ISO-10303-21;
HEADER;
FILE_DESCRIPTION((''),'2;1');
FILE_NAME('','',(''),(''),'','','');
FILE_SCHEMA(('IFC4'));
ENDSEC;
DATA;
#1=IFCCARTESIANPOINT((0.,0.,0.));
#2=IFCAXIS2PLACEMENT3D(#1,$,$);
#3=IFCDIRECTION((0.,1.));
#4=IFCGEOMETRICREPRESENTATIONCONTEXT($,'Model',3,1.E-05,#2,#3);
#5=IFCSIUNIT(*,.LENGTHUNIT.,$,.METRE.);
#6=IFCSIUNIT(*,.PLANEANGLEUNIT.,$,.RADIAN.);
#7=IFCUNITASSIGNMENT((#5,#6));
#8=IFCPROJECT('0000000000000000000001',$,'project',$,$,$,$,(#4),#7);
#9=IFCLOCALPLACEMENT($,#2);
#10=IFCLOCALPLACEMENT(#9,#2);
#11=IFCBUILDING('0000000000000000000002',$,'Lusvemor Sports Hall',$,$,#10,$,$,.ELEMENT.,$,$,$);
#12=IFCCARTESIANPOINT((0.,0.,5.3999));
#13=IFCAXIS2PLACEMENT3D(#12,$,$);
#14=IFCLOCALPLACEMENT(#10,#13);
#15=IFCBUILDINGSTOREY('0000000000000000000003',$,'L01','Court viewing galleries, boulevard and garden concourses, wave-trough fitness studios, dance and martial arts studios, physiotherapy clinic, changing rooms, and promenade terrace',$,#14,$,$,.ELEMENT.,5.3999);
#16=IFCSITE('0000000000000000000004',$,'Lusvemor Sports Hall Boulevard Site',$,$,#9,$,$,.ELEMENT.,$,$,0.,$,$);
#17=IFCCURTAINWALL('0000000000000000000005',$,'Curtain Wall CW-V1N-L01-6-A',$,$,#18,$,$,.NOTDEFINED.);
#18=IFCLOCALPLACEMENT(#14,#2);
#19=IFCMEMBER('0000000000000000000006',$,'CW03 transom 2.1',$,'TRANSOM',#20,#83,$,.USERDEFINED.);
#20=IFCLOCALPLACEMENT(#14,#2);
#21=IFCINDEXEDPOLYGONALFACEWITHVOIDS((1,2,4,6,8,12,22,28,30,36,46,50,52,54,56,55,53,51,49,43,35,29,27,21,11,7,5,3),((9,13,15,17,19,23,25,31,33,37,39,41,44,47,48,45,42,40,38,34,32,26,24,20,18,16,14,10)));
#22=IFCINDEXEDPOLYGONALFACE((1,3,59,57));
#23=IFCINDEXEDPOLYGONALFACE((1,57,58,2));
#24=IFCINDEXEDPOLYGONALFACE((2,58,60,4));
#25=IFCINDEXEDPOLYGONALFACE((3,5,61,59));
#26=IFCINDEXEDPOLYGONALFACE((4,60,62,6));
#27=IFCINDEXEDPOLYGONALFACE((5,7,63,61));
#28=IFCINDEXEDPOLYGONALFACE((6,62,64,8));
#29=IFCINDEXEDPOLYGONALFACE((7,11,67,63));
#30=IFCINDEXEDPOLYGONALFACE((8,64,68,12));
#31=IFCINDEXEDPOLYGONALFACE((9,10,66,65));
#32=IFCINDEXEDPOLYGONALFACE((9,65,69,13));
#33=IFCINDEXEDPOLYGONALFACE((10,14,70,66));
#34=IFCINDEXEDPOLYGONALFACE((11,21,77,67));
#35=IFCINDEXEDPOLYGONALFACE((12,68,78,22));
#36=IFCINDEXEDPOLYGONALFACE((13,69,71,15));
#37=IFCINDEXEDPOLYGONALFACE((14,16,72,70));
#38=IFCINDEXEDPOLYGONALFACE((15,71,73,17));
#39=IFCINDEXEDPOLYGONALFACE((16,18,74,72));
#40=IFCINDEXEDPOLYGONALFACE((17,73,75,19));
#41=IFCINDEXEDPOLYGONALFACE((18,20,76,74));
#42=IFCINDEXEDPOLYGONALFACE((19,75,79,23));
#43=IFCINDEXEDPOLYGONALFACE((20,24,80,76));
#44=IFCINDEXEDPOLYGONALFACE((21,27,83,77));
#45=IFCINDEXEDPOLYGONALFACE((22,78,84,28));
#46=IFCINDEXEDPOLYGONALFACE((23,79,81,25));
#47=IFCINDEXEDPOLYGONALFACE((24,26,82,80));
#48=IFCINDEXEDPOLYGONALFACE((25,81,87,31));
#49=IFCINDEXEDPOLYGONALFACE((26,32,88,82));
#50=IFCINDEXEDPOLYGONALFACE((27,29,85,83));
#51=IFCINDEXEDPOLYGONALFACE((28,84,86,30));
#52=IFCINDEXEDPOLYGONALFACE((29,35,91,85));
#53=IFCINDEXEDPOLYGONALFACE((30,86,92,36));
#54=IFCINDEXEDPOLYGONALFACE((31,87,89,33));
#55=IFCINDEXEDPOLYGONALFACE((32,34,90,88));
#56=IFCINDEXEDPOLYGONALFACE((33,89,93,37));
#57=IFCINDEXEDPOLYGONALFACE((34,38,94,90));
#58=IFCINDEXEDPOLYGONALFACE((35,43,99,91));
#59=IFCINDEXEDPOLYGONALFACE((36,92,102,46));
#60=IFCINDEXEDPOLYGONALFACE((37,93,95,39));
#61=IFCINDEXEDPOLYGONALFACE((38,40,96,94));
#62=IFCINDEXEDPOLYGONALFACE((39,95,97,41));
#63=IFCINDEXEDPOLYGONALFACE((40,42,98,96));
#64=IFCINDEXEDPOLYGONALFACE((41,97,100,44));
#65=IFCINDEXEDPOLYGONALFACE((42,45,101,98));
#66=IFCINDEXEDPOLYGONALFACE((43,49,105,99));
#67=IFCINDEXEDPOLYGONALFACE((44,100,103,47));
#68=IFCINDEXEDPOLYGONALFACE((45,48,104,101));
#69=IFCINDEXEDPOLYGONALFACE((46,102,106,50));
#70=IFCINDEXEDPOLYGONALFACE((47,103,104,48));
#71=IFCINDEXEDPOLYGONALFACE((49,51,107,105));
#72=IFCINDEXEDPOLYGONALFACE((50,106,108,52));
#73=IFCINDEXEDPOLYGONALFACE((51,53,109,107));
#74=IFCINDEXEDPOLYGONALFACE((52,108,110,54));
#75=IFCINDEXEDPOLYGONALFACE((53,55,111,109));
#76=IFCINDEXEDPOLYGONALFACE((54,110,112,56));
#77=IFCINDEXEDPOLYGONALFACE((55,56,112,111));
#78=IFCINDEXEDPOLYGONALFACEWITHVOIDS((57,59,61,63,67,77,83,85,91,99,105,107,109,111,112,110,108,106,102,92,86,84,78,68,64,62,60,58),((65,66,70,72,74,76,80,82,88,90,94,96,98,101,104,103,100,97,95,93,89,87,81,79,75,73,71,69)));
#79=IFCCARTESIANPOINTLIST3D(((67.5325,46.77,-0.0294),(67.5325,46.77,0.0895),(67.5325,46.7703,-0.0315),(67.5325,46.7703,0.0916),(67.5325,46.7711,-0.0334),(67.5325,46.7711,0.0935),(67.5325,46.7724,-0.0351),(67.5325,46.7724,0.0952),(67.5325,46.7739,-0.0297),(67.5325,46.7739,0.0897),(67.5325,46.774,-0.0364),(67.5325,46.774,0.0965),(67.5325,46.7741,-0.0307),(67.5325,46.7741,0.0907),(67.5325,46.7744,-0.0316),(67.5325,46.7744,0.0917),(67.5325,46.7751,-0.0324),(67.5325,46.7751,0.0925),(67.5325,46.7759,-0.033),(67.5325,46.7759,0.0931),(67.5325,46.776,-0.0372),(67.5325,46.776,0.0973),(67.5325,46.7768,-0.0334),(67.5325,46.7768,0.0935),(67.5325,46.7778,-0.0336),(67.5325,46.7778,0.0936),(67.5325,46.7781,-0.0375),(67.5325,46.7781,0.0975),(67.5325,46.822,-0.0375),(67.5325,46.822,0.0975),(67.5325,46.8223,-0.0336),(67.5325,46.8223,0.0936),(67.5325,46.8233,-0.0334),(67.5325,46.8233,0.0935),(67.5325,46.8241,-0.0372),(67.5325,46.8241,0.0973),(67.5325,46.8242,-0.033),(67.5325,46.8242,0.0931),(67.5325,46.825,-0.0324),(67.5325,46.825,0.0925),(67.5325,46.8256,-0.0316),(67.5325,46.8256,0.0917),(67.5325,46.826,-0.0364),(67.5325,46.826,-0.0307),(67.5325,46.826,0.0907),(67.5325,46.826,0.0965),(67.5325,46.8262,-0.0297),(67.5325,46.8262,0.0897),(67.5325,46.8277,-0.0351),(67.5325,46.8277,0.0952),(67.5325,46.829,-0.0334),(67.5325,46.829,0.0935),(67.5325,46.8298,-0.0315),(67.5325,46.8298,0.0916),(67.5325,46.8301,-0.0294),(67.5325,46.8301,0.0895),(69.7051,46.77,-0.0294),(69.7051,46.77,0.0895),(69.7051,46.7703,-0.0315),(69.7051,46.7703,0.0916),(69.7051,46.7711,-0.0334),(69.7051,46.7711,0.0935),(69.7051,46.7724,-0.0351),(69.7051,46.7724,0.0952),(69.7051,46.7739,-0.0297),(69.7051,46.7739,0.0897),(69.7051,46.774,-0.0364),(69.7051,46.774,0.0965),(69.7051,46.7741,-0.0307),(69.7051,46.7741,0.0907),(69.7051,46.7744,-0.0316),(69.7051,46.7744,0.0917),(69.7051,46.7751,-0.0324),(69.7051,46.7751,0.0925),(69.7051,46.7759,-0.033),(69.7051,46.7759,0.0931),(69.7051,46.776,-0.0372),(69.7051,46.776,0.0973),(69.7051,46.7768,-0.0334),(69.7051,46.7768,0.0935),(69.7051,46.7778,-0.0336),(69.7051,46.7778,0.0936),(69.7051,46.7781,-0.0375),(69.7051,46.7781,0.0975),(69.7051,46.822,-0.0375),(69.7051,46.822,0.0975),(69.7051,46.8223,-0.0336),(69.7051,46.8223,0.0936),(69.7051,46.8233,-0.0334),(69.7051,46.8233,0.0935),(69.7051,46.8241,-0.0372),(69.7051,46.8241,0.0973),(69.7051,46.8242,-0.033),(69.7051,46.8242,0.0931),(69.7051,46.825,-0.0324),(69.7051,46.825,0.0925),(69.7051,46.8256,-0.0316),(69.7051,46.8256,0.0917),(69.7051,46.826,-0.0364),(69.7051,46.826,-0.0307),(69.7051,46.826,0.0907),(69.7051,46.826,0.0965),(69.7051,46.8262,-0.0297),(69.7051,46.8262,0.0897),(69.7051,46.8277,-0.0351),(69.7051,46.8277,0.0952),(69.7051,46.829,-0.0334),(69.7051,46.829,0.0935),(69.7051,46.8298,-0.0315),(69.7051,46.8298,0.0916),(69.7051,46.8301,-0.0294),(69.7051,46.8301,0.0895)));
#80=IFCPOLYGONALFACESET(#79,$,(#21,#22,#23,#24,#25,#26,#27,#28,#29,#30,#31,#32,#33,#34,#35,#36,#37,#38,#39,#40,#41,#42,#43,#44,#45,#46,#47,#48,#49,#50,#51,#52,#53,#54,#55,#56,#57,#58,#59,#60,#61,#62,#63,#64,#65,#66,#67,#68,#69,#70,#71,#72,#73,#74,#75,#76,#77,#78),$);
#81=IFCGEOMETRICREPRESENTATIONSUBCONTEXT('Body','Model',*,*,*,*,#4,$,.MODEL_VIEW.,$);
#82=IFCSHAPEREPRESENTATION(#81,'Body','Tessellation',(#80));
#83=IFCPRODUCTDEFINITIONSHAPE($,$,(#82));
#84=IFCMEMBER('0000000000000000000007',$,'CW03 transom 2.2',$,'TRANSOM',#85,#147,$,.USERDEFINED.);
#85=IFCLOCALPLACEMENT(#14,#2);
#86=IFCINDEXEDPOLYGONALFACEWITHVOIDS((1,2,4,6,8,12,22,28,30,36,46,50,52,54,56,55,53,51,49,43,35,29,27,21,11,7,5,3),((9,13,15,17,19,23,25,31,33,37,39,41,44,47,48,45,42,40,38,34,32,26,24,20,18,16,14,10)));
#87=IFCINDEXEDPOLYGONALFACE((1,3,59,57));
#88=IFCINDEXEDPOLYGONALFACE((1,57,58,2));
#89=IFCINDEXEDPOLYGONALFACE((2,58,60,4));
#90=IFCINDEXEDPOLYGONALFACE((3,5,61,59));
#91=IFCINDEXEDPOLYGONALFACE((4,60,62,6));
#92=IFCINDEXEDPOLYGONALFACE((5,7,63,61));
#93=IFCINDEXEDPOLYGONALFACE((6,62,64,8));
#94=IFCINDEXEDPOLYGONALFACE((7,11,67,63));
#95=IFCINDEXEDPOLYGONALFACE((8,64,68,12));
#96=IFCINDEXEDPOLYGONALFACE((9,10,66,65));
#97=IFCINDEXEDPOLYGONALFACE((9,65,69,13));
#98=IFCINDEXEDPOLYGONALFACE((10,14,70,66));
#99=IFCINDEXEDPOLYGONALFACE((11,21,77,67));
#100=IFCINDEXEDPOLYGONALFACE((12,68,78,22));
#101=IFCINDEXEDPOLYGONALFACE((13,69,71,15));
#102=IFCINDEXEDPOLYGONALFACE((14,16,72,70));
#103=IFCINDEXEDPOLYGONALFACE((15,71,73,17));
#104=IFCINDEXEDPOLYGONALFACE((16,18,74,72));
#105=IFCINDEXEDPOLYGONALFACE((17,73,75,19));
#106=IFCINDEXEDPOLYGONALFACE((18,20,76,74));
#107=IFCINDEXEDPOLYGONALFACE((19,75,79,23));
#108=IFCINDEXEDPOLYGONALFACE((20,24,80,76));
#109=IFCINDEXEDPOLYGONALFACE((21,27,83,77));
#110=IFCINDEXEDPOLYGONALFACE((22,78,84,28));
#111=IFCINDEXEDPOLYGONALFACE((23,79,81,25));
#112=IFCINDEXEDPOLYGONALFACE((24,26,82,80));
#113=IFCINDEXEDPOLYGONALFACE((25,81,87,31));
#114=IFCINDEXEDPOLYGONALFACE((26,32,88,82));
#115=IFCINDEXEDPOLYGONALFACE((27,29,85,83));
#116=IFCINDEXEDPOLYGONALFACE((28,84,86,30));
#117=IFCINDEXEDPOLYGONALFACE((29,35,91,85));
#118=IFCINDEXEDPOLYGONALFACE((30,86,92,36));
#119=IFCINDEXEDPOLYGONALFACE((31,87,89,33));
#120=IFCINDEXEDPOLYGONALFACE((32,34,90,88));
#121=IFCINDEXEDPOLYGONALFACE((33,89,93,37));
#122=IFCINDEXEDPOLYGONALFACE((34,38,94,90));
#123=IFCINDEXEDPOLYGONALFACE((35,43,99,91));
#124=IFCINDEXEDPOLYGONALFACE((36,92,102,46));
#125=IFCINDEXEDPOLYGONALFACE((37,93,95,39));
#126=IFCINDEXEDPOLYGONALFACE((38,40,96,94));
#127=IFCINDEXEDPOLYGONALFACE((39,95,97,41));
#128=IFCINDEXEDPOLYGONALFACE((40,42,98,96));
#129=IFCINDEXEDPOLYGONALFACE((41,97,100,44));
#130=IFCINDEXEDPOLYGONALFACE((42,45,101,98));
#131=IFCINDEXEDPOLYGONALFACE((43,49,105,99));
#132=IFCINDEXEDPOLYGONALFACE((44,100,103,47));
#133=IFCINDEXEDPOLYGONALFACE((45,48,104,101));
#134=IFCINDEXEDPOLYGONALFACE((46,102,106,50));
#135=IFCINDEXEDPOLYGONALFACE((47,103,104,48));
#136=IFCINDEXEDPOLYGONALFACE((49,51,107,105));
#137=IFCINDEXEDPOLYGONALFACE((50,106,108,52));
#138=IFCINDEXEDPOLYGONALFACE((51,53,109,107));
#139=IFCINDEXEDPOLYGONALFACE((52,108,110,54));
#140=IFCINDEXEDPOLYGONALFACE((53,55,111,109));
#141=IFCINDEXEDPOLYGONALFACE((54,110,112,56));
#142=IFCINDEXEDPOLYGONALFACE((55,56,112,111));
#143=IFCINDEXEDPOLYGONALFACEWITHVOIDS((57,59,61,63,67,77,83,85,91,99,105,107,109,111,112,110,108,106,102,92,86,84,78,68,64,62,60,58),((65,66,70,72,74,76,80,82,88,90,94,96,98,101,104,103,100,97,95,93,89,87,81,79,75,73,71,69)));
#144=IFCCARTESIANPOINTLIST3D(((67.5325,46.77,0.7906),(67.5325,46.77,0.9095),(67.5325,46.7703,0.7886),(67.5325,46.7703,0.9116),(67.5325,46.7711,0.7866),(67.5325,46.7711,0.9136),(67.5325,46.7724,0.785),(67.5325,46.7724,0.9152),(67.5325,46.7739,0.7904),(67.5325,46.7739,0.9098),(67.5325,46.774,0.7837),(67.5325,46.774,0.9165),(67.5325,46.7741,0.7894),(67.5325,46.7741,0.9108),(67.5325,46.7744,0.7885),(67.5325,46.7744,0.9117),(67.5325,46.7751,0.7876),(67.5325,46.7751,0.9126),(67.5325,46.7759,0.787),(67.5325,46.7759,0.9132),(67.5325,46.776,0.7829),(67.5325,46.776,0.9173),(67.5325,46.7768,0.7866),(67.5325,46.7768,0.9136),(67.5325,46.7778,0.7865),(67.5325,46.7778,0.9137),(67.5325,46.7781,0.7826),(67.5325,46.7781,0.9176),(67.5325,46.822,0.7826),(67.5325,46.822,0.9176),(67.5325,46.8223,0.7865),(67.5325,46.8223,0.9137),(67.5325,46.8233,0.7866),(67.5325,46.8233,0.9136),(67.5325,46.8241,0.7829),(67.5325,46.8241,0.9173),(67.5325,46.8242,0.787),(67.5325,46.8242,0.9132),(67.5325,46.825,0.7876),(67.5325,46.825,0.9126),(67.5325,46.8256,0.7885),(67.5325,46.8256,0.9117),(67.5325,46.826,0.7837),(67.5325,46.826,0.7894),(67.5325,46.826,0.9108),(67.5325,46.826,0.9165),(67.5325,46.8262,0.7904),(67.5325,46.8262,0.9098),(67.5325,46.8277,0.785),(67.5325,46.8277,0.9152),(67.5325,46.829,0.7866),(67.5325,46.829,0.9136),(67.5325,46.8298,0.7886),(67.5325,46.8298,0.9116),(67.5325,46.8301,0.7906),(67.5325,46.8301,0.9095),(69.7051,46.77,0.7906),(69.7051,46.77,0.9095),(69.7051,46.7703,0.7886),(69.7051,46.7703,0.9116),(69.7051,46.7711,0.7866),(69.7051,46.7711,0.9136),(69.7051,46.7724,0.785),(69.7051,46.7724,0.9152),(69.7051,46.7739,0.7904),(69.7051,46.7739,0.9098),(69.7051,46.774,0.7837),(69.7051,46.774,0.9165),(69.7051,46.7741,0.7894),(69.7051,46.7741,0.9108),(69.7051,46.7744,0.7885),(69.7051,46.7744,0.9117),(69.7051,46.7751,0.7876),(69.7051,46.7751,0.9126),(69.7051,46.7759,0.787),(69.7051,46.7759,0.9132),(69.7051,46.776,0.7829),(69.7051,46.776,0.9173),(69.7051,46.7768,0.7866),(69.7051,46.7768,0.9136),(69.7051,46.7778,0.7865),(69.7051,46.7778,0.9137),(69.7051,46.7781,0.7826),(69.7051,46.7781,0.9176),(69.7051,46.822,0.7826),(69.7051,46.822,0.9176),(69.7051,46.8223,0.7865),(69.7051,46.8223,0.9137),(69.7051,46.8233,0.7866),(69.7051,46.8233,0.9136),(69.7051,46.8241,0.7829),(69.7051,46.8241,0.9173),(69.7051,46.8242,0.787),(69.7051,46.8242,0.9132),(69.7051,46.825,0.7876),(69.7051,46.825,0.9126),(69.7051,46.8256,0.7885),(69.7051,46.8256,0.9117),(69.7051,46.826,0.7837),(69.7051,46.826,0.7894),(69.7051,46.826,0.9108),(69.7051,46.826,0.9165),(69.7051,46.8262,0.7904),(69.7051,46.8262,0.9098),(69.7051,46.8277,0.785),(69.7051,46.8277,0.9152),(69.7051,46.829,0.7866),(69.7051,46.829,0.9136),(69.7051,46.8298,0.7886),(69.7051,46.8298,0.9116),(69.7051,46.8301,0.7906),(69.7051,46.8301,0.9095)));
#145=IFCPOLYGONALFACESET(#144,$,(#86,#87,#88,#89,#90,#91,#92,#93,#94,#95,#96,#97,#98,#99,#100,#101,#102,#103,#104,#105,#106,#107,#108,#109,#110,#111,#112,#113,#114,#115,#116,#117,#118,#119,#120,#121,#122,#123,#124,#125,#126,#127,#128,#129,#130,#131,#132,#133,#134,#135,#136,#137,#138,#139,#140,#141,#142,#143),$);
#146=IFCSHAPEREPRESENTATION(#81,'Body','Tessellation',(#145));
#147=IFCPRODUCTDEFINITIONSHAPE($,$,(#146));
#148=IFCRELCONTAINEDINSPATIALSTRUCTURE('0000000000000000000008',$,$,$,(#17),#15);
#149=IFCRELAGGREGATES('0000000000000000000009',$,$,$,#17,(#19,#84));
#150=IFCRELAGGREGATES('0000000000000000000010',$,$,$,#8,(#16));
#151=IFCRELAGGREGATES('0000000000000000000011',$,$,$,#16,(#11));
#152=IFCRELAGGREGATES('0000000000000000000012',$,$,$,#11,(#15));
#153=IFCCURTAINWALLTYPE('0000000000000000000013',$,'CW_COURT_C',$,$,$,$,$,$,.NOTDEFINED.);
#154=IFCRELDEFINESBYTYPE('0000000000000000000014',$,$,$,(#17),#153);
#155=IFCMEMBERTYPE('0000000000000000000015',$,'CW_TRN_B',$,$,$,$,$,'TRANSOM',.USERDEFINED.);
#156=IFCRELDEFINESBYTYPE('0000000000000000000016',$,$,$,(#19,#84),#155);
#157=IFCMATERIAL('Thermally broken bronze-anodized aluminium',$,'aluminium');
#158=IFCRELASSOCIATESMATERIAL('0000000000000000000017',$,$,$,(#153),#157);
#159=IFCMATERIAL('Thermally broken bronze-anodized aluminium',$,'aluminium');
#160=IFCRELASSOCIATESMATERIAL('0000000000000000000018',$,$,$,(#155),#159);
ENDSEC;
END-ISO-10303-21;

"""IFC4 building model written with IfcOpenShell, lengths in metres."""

from ifc_helpers import new_model, si_unit, direction, frame, origin, origin_2d, place, context, subcontext, project, spatial, hollow_rectangle, extrude, material, material_profile, profile_set, type_object, element, aggregate, save


model = new_model("IFC4")

# Units and contexts
model_context = context("Model", 3, precision=1e-05, world=origin(), true_north=direction((0.0, 1.0)))
body_context = subcontext(model_context, "Body", "Model", "MODEL_VIEW")
ifc_project = project(units=[si_unit("LENGTHUNIT", "METRE"), si_unit("PLANEANGLEUNIT", "RADIAN")], contexts=[model_context])

# Site, building, storey
site_placement = place(None, origin())
site = spatial("IfcSite", under=ifc_project, at=site_placement, Name="Lusvemor Sports Hall Boulevard Site", CompositionType="ELEMENT", RefElevation=0.0)
building_placement = place(site_placement, origin())
building = spatial("IfcBuilding", under=site, at=building_placement, Name="Lusvemor Sports Hall", CompositionType="ELEMENT")
storey_placement = place(building_placement, frame((0.0, 0.0, 5.3999)))
storey = spatial("IfcBuildingStorey", under=building, at=storey_placement, Name="L01", Description="Court viewing galleries, boulevard and garden concourses, wave-trough fitness studios, dance and martial arts studios, physiotherapy clinic, changing rooms, and promenade terrace", CompositionType="ELEMENT", Elevation=5.3999)

# Shared definitions
ifc_material_1 = material(Name="Thermally broken bronze-anodized aluminium", Category="aluminium")
curtain_wall_type = type_object("IfcCurtainWallType", Name="CW_COURT_C", PredefinedType="NOTDEFINED", material=ifc_material_1)

# Curtain wall, members
curtain_wall_1_placement = place(storey_placement, origin())
curtain_wall_1 = element("IfcCurtainWall", 1, at=curtain_wall_1_placement, inside=storey, type_object=curtain_wall_type, Name="Curtain Wall CW-V1N-L01-6-A", PredefinedType="NOTDEFINED")
ifc_material_2 = material(Name="Thermally broken bronze-anodized aluminium", Category="aluminium")
ifc_material_profile_1 = material_profile(ifc_material_2, hollow_rectangle(XDim=0.0601, YDim=0.135, WallThickness=0.0039, InnerFilletRadius=0.0039, OuterFilletRadius=0.0081, at=origin_2d()), Name="CWTRN135x60x4")
ifc_profile_set_1 = profile_set([ifc_material_profile_1], Name="Thermally broken bronze-anodized aluminium")
member_type_1 = type_object("IfcMemberType", Name="CW_TRN_B", ElementType="TRANSOM", PredefinedType="USERDEFINED", material=ifc_profile_set_1)
member_1_placement = place(storey_placement, frame((67.5325, 46.8, 0.03), z_axis=(1.0, 0.0, 0.0), x_axis=(0.0, 1.0, 0.0)))
member_1 = element("IfcMember", 2, at=member_1_placement, type_object=member_type_1, Name="CW03 transom 2.1", ObjectType="TRANSOM", PredefinedType="USERDEFINED", context=body_context, shape_type="SweptSolid", body=[
    extrude(hollow_rectangle(XDim=0.0601, YDim=0.135, WallThickness=0.0039, InnerFilletRadius=0.0039, OuterFilletRadius=0.0081, at=origin_2d()), origin(), (0.0, 0.0, 1.0), 2.1726),
])
member_2_placement = place(storey_placement, frame((67.5325, 46.8, 0.8501), z_axis=(1.0, 0.0, 0.0), x_axis=(0.0, 1.0, 0.0)))
member_2 = element("IfcMember", 3, at=member_2_placement, type_object=member_type_1, Name="CW03 transom 2.2", ObjectType="TRANSOM", PredefinedType="USERDEFINED", context=body_context, shape_type="SweptSolid", body=[
    extrude(hollow_rectangle(XDim=0.0601, YDim=0.135, WallThickness=0.0039, InnerFilletRadius=0.0039, OuterFilletRadius=0.0081, at=origin_2d()), origin(), (0.0, 0.0, 1.0), 2.1726),
])

aggregate(curtain_wall_1, [member_1, member_2])

save(model, "model.ifc")
